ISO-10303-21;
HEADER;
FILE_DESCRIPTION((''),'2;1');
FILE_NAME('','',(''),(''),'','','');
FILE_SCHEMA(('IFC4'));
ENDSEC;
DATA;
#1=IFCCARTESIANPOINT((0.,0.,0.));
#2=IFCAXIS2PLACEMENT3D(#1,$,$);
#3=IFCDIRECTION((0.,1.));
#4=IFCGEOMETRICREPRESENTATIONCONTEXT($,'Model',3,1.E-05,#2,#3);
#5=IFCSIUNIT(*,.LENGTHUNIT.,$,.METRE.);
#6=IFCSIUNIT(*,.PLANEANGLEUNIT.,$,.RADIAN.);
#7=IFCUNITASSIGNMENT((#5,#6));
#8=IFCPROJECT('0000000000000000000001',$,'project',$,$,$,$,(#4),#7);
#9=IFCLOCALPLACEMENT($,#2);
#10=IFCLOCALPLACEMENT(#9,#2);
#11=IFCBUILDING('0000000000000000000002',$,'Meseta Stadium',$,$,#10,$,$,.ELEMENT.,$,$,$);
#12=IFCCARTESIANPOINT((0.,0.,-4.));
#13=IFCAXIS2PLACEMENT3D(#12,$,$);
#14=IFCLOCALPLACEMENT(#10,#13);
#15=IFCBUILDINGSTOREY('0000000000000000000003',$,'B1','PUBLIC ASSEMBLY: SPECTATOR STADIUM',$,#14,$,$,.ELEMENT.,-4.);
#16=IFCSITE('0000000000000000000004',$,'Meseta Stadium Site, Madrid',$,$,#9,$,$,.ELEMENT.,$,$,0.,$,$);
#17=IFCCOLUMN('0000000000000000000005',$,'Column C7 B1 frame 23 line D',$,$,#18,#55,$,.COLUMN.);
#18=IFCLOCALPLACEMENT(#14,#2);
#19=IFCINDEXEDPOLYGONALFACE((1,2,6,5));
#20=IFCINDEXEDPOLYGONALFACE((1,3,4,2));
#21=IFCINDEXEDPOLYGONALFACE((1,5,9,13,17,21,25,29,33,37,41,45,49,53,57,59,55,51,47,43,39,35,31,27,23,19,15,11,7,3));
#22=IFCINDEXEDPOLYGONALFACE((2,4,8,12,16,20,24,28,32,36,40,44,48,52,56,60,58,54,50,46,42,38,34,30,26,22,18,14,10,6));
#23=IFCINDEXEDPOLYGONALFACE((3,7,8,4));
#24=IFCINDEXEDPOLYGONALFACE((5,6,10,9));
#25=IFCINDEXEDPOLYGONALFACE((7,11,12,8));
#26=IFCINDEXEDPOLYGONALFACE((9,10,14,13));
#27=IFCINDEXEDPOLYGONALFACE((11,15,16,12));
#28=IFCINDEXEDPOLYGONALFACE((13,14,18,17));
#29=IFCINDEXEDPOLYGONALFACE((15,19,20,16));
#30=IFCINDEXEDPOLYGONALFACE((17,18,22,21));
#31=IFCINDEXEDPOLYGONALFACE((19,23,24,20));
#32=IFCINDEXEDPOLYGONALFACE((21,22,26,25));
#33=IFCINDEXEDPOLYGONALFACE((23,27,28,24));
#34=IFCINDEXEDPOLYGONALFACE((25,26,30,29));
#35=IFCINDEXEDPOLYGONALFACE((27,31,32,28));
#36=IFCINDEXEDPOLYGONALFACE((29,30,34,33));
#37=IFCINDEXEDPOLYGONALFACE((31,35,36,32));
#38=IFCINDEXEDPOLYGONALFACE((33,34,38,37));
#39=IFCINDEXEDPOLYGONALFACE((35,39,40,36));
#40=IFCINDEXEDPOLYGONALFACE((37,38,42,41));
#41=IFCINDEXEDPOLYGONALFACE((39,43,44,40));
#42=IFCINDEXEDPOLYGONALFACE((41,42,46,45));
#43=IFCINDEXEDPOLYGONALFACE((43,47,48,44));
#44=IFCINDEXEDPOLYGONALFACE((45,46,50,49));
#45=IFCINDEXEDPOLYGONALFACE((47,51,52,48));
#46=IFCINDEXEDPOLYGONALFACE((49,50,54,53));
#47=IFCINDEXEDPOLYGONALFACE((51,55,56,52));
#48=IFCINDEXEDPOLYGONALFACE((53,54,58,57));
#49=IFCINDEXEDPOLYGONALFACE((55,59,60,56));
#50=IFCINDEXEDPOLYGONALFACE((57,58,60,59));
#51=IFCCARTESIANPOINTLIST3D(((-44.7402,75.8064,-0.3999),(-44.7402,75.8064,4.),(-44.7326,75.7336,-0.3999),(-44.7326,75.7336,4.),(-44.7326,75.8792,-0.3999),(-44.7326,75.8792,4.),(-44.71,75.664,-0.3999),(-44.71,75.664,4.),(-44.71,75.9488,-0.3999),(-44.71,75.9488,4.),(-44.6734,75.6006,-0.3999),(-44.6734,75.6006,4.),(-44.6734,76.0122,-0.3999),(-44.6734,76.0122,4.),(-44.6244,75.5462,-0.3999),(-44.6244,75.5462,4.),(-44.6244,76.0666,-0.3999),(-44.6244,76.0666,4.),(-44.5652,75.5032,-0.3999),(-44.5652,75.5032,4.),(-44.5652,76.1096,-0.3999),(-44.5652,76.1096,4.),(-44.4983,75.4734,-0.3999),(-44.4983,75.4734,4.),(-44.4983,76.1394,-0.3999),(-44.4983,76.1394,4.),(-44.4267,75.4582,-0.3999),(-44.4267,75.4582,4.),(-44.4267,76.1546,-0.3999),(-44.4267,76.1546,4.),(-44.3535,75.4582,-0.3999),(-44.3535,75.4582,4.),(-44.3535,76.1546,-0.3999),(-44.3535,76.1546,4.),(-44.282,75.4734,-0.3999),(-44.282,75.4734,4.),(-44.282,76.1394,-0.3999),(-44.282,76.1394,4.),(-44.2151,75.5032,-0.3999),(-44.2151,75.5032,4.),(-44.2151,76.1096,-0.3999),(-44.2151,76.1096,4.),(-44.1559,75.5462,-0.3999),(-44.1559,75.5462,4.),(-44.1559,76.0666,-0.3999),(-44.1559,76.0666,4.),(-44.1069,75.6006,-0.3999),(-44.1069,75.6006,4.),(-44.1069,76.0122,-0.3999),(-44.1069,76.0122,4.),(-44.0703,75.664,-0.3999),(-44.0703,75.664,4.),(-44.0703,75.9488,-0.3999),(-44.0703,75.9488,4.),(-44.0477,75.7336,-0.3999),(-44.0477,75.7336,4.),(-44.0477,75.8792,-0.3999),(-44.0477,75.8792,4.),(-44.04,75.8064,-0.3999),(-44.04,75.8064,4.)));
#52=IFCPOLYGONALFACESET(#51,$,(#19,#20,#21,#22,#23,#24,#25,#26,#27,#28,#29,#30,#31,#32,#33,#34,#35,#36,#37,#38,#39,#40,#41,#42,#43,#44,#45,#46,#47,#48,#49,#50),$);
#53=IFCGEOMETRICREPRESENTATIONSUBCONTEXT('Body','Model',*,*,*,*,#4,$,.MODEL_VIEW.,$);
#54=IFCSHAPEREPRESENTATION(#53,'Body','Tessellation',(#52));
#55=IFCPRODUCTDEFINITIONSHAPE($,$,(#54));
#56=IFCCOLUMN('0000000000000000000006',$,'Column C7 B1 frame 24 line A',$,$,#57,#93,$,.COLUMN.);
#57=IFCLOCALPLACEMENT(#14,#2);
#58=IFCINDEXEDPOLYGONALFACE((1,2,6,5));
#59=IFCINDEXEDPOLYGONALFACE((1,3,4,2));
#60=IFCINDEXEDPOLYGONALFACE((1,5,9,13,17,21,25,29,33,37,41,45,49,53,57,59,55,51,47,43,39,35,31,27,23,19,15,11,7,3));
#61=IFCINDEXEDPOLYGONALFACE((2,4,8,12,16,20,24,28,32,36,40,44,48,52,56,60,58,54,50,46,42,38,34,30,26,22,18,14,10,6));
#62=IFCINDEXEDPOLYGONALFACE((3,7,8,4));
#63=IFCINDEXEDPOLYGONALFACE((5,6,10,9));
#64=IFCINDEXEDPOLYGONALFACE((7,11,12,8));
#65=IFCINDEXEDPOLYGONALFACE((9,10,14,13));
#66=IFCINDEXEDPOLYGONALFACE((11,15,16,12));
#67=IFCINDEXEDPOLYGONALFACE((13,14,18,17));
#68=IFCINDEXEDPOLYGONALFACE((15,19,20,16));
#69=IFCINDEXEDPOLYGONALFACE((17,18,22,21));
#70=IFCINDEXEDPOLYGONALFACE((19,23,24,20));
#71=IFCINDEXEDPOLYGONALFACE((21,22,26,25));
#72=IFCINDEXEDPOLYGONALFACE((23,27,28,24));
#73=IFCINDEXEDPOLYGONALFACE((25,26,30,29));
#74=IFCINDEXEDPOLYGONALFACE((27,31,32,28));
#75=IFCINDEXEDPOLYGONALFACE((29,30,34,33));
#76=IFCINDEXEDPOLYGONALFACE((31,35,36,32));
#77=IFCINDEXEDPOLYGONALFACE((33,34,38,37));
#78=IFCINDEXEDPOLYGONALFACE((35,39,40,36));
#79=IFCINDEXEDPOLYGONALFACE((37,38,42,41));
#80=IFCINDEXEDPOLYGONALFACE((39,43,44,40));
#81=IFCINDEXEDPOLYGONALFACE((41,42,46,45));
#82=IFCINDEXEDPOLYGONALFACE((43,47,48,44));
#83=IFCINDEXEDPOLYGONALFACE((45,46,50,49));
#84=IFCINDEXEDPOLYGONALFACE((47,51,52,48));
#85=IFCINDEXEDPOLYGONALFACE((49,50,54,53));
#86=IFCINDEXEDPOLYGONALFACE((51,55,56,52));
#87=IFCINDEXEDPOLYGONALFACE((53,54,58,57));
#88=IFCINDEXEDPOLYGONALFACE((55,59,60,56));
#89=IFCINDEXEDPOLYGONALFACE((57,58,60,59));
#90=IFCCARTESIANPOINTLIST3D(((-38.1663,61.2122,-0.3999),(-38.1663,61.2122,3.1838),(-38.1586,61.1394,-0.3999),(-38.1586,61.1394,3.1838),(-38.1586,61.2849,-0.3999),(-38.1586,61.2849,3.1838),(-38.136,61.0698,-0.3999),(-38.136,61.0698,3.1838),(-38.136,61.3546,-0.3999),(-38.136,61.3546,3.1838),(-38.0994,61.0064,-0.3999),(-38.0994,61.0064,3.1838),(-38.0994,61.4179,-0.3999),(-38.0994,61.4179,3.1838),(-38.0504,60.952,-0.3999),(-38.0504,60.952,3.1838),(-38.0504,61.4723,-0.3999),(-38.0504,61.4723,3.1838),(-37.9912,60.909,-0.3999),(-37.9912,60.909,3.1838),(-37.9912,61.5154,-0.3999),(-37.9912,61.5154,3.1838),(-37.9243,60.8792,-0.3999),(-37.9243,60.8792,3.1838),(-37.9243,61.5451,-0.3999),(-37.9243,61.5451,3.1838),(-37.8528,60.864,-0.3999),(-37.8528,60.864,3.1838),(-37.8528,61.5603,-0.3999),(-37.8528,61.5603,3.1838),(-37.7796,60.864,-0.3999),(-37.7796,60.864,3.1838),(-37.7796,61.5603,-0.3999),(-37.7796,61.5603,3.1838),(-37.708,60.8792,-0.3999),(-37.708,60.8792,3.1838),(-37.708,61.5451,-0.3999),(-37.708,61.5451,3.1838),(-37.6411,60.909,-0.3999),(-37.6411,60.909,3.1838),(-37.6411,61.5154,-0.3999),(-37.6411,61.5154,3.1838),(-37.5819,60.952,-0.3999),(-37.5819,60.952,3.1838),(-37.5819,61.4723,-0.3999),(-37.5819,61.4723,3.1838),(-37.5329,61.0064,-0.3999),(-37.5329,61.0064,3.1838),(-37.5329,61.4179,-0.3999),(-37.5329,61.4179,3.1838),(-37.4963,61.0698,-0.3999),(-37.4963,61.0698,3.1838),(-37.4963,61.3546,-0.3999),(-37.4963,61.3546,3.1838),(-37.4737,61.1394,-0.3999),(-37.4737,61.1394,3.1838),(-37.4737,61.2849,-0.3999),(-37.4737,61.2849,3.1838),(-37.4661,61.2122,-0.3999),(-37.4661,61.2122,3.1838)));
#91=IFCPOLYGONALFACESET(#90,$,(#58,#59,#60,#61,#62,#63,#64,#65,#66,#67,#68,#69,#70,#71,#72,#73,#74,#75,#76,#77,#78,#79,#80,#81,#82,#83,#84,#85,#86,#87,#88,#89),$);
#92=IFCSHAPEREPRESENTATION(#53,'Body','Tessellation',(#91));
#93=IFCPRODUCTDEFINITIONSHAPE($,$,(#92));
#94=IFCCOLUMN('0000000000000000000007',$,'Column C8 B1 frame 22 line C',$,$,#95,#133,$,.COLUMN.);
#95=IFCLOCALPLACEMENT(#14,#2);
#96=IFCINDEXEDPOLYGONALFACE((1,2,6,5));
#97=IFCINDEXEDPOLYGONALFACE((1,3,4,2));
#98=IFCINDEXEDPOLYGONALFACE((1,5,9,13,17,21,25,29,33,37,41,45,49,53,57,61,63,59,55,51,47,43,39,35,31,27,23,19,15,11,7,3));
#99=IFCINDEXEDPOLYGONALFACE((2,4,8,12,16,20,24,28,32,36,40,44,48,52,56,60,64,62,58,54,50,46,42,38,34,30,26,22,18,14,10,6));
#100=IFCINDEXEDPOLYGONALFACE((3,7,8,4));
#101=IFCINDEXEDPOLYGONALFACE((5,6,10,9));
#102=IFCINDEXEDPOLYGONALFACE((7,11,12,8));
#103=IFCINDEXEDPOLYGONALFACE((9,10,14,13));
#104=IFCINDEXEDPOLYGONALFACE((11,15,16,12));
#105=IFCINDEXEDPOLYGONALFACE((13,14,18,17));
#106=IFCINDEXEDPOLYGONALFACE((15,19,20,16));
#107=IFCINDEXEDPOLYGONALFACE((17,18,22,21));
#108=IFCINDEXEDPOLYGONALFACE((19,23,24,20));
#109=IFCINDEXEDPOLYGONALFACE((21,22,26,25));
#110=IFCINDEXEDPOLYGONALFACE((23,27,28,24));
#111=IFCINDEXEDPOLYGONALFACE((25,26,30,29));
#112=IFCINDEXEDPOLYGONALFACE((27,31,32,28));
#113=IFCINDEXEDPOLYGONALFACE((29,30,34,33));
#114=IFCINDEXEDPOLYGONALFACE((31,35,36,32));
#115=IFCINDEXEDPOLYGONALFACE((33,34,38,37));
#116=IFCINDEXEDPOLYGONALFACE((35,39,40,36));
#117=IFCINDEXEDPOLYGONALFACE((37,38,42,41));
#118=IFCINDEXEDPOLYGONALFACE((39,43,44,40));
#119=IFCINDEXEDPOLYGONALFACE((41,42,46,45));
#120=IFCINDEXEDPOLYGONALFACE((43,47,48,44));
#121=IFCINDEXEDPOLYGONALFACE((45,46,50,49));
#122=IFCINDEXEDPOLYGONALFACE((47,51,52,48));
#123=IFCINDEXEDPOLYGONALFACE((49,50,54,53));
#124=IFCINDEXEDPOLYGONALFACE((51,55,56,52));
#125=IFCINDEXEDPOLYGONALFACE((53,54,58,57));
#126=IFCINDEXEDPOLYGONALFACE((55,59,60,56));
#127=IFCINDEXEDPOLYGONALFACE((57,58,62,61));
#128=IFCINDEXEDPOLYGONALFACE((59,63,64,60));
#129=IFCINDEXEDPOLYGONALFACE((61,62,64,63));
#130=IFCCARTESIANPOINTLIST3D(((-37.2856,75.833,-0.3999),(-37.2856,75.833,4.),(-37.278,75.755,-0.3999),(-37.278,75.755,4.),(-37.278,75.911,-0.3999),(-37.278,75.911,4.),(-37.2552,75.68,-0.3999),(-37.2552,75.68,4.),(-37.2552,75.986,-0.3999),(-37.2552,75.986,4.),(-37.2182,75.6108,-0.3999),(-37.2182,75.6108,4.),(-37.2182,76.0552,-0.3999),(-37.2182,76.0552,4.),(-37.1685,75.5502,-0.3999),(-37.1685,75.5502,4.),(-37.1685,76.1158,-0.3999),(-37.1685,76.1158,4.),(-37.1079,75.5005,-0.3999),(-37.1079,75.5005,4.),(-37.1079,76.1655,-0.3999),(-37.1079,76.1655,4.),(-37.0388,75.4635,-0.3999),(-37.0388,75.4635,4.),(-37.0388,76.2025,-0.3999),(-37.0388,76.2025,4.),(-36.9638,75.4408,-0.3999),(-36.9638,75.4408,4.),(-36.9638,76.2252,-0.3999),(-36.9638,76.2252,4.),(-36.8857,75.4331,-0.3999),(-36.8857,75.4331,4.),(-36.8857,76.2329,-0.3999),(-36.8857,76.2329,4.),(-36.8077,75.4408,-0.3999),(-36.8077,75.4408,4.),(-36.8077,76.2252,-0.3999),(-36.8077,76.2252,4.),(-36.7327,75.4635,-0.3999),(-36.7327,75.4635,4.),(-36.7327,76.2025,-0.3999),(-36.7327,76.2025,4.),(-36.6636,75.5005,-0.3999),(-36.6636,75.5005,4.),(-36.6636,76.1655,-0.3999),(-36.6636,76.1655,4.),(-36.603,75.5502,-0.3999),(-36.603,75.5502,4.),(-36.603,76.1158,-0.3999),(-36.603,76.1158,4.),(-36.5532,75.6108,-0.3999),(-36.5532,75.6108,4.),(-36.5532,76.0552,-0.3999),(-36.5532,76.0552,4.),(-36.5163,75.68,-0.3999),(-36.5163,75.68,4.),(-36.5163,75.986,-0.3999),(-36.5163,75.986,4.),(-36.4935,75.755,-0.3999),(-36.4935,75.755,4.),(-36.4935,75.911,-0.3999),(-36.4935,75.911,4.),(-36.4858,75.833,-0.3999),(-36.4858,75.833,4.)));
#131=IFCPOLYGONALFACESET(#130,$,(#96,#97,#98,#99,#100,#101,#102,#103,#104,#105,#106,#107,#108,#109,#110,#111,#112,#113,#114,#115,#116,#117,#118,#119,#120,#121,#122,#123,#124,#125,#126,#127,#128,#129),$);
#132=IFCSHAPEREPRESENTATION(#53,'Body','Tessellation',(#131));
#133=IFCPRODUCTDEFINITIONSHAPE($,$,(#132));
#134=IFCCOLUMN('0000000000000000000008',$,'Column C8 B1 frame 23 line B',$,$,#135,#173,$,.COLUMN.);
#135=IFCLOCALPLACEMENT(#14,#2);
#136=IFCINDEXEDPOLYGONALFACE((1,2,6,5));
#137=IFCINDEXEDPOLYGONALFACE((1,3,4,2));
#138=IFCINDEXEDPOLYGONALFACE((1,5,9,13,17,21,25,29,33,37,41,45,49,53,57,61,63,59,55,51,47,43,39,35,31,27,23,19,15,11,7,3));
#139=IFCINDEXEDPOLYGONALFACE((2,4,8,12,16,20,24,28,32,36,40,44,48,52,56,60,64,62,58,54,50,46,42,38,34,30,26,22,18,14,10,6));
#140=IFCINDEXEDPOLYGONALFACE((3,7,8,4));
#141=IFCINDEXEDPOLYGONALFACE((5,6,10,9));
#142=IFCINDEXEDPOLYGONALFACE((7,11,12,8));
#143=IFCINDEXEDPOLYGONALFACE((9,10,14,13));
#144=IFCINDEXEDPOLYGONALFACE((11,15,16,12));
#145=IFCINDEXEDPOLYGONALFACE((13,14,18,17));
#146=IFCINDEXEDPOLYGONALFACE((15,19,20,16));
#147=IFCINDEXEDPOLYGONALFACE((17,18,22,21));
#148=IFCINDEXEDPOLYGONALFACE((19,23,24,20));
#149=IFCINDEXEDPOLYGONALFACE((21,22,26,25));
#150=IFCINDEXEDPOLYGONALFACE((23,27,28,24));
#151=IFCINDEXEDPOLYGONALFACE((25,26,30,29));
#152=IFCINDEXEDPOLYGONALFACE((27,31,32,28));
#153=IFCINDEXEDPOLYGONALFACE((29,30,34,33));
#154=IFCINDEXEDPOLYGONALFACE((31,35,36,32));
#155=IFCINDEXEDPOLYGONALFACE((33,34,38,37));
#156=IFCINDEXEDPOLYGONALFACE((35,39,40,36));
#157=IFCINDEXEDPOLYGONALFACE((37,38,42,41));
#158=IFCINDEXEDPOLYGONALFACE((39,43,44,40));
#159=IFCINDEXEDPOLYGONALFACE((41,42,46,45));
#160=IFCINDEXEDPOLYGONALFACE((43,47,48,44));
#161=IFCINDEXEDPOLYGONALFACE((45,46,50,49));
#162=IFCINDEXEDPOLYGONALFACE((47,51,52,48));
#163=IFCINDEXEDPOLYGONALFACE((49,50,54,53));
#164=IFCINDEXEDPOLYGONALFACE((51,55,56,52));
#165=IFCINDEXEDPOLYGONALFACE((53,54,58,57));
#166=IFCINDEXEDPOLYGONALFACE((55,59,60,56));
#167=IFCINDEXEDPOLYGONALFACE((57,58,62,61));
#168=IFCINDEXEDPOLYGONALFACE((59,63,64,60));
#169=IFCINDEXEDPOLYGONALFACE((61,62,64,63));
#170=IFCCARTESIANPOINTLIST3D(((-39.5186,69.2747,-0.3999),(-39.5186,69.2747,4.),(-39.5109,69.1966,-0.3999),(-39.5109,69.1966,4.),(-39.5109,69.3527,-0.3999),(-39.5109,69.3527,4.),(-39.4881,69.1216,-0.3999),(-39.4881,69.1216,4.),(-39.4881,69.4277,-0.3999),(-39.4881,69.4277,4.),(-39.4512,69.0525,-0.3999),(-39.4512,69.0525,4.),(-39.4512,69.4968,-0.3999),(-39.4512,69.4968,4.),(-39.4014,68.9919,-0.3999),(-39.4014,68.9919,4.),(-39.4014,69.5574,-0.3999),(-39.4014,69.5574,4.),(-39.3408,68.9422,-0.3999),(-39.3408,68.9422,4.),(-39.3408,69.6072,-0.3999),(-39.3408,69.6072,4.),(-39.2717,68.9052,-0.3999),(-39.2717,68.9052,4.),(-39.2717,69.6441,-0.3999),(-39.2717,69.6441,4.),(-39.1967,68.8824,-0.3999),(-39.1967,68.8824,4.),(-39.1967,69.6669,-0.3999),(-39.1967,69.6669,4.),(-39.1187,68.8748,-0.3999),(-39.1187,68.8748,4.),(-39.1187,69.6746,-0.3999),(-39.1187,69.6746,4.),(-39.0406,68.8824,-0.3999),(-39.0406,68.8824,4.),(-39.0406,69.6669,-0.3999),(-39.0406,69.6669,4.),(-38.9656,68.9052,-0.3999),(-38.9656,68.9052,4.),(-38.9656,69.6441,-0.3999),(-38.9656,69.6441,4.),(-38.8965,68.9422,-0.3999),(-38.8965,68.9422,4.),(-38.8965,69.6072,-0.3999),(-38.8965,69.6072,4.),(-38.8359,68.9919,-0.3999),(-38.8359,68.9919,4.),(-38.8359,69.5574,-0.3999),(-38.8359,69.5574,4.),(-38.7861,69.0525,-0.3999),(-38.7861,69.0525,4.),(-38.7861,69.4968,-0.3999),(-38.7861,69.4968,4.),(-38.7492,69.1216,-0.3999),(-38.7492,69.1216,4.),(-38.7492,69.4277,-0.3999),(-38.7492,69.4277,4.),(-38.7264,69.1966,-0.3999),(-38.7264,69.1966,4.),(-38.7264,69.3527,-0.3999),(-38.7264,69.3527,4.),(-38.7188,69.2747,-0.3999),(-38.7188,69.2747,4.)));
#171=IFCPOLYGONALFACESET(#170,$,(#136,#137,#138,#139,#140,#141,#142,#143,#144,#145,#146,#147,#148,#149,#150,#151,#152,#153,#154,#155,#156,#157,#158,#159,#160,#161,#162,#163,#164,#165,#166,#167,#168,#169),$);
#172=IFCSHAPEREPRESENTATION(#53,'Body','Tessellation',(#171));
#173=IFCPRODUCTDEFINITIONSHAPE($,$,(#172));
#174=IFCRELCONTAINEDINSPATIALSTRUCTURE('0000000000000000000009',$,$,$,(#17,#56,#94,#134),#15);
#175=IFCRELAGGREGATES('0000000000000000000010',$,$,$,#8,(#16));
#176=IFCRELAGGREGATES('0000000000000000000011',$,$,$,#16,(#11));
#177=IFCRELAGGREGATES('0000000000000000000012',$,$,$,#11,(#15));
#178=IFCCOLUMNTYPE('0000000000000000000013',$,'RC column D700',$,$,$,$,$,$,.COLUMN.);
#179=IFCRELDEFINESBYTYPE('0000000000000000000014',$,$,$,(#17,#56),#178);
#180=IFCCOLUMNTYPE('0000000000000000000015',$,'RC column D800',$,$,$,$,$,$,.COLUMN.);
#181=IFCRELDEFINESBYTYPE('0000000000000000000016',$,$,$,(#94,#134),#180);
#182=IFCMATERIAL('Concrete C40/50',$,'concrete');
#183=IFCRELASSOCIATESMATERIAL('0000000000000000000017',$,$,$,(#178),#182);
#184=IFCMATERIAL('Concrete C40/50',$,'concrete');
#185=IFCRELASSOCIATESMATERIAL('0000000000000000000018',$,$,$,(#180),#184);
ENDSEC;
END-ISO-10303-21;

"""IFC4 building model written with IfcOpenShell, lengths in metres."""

from ifc_helpers import new_model, si_unit, direction, frame, origin, origin_2d, place, context, subcontext, project, spatial, circle, extrude, material, material_profile, profile_set, type_object, element, save


model = new_model("IFC4")

# Units and contexts
model_context = context("Model", 3, precision=1e-05, world=origin(), true_north=direction((0.0, 1.0)))
body_context = subcontext(model_context, "Body", "Model", "MODEL_VIEW")
ifc_project = project(units=[si_unit("LENGTHUNIT", "METRE"), si_unit("PLANEANGLEUNIT", "RADIAN")], contexts=[model_context])

# Site, building, storey
site_placement = place(None, origin())
site = spatial("IfcSite", under=ifc_project, at=site_placement, Name="Meseta Stadium Site, Madrid", CompositionType="ELEMENT", RefElevation=0.0)
building_placement = place(site_placement, origin())
building = spatial("IfcBuilding", under=site, at=building_placement, Name="Meseta Stadium", CompositionType="ELEMENT")
storey_placement = place(building_placement, frame((0.0, 0.0, -4.0)))
storey = spatial("IfcBuildingStorey", under=building, at=storey_placement, Name="B1", Description="PUBLIC ASSEMBLY: SPECTATOR STADIUM", CompositionType="ELEMENT", Elevation=-4.0)

# Columns
ifc_material_1 = material(Name="Concrete C40/50", Category="concrete")
ifc_material_profile_1 = material_profile(ifc_material_1, circle(Radius=0.3501, at=origin_2d()), Name="RC D700")
ifc_profile_set_1 = profile_set([ifc_material_profile_1], Name="Concrete C40/50")
column_type_1 = type_object("IfcColumnType", Name="RC column D700", PredefinedType="COLUMN", material=ifc_profile_set_1)
column_1_placement = place(storey_placement, frame((-44.3901, 75.8064, -0.3999), z_axis=(0.0, 0.0, 1.0), x_axis=(1.0, 0.0, 0.0)))
element("IfcColumn", 1, at=column_1_placement, inside=storey, type_object=column_type_1, Name="Column C7 B1 frame 23 line D", PredefinedType="COLUMN", context=body_context, shape_type="SweptSolid", body=[
    extrude(circle(Radius=0.3501, at=origin_2d()), origin(), (0.0, 0.0, 1.0), 4.3999),
])
column_2_placement = place(storey_placement, frame((-37.8162, 61.2122, -0.3999), z_axis=(0.0, 0.0, 1.0), x_axis=(1.0, 0.0, 0.0)))
element("IfcColumn", 2, at=column_2_placement, inside=storey, type_object=column_type_1, Name="Column C7 B1 frame 24 line A", PredefinedType="COLUMN", context=body_context, shape_type="SweptSolid", body=[
    extrude(circle(Radius=0.3501, at=origin_2d()), origin(), (0.0, 0.0, 1.0), 3.5837),
])
ifc_material_2 = material(Name="Concrete C40/50", Category="concrete")
ifc_material_profile_2 = material_profile(ifc_material_2, circle(Radius=0.3999, at=origin_2d()), Name="RC D800")
ifc_profile_set_2 = profile_set([ifc_material_profile_2], Name="Concrete C40/50")
column_type_2 = type_object("IfcColumnType", Name="RC column D800", PredefinedType="COLUMN", material=ifc_profile_set_2)
for number, where, z_axis, x_axis, name in (
    (3, (-36.8857, 75.833, -0.3999), (0.0, 0.0, 1.0), (1.0, 0.0, 0.0), "Column C8 B1 frame 22 line C"),
    (4, (-39.1187, 69.2747, -0.3999), (0.0, 0.0, 1.0), (1.0, 0.0, 0.0), "Column C8 B1 frame 23 line B"),
):
    element("IfcColumn", number, at=place(storey_placement, frame(where, z_axis=z_axis, x_axis=x_axis)), inside=storey, type_object=column_type_2, Name=name, PredefinedType="COLUMN", context=body_context, shape_type="SweptSolid", body=[
        extrude(circle(Radius=0.3999, at=origin_2d()), origin(), (0.0, 0.0, 1.0), 4.3999),
    ])

save(model, "model.ifc")
